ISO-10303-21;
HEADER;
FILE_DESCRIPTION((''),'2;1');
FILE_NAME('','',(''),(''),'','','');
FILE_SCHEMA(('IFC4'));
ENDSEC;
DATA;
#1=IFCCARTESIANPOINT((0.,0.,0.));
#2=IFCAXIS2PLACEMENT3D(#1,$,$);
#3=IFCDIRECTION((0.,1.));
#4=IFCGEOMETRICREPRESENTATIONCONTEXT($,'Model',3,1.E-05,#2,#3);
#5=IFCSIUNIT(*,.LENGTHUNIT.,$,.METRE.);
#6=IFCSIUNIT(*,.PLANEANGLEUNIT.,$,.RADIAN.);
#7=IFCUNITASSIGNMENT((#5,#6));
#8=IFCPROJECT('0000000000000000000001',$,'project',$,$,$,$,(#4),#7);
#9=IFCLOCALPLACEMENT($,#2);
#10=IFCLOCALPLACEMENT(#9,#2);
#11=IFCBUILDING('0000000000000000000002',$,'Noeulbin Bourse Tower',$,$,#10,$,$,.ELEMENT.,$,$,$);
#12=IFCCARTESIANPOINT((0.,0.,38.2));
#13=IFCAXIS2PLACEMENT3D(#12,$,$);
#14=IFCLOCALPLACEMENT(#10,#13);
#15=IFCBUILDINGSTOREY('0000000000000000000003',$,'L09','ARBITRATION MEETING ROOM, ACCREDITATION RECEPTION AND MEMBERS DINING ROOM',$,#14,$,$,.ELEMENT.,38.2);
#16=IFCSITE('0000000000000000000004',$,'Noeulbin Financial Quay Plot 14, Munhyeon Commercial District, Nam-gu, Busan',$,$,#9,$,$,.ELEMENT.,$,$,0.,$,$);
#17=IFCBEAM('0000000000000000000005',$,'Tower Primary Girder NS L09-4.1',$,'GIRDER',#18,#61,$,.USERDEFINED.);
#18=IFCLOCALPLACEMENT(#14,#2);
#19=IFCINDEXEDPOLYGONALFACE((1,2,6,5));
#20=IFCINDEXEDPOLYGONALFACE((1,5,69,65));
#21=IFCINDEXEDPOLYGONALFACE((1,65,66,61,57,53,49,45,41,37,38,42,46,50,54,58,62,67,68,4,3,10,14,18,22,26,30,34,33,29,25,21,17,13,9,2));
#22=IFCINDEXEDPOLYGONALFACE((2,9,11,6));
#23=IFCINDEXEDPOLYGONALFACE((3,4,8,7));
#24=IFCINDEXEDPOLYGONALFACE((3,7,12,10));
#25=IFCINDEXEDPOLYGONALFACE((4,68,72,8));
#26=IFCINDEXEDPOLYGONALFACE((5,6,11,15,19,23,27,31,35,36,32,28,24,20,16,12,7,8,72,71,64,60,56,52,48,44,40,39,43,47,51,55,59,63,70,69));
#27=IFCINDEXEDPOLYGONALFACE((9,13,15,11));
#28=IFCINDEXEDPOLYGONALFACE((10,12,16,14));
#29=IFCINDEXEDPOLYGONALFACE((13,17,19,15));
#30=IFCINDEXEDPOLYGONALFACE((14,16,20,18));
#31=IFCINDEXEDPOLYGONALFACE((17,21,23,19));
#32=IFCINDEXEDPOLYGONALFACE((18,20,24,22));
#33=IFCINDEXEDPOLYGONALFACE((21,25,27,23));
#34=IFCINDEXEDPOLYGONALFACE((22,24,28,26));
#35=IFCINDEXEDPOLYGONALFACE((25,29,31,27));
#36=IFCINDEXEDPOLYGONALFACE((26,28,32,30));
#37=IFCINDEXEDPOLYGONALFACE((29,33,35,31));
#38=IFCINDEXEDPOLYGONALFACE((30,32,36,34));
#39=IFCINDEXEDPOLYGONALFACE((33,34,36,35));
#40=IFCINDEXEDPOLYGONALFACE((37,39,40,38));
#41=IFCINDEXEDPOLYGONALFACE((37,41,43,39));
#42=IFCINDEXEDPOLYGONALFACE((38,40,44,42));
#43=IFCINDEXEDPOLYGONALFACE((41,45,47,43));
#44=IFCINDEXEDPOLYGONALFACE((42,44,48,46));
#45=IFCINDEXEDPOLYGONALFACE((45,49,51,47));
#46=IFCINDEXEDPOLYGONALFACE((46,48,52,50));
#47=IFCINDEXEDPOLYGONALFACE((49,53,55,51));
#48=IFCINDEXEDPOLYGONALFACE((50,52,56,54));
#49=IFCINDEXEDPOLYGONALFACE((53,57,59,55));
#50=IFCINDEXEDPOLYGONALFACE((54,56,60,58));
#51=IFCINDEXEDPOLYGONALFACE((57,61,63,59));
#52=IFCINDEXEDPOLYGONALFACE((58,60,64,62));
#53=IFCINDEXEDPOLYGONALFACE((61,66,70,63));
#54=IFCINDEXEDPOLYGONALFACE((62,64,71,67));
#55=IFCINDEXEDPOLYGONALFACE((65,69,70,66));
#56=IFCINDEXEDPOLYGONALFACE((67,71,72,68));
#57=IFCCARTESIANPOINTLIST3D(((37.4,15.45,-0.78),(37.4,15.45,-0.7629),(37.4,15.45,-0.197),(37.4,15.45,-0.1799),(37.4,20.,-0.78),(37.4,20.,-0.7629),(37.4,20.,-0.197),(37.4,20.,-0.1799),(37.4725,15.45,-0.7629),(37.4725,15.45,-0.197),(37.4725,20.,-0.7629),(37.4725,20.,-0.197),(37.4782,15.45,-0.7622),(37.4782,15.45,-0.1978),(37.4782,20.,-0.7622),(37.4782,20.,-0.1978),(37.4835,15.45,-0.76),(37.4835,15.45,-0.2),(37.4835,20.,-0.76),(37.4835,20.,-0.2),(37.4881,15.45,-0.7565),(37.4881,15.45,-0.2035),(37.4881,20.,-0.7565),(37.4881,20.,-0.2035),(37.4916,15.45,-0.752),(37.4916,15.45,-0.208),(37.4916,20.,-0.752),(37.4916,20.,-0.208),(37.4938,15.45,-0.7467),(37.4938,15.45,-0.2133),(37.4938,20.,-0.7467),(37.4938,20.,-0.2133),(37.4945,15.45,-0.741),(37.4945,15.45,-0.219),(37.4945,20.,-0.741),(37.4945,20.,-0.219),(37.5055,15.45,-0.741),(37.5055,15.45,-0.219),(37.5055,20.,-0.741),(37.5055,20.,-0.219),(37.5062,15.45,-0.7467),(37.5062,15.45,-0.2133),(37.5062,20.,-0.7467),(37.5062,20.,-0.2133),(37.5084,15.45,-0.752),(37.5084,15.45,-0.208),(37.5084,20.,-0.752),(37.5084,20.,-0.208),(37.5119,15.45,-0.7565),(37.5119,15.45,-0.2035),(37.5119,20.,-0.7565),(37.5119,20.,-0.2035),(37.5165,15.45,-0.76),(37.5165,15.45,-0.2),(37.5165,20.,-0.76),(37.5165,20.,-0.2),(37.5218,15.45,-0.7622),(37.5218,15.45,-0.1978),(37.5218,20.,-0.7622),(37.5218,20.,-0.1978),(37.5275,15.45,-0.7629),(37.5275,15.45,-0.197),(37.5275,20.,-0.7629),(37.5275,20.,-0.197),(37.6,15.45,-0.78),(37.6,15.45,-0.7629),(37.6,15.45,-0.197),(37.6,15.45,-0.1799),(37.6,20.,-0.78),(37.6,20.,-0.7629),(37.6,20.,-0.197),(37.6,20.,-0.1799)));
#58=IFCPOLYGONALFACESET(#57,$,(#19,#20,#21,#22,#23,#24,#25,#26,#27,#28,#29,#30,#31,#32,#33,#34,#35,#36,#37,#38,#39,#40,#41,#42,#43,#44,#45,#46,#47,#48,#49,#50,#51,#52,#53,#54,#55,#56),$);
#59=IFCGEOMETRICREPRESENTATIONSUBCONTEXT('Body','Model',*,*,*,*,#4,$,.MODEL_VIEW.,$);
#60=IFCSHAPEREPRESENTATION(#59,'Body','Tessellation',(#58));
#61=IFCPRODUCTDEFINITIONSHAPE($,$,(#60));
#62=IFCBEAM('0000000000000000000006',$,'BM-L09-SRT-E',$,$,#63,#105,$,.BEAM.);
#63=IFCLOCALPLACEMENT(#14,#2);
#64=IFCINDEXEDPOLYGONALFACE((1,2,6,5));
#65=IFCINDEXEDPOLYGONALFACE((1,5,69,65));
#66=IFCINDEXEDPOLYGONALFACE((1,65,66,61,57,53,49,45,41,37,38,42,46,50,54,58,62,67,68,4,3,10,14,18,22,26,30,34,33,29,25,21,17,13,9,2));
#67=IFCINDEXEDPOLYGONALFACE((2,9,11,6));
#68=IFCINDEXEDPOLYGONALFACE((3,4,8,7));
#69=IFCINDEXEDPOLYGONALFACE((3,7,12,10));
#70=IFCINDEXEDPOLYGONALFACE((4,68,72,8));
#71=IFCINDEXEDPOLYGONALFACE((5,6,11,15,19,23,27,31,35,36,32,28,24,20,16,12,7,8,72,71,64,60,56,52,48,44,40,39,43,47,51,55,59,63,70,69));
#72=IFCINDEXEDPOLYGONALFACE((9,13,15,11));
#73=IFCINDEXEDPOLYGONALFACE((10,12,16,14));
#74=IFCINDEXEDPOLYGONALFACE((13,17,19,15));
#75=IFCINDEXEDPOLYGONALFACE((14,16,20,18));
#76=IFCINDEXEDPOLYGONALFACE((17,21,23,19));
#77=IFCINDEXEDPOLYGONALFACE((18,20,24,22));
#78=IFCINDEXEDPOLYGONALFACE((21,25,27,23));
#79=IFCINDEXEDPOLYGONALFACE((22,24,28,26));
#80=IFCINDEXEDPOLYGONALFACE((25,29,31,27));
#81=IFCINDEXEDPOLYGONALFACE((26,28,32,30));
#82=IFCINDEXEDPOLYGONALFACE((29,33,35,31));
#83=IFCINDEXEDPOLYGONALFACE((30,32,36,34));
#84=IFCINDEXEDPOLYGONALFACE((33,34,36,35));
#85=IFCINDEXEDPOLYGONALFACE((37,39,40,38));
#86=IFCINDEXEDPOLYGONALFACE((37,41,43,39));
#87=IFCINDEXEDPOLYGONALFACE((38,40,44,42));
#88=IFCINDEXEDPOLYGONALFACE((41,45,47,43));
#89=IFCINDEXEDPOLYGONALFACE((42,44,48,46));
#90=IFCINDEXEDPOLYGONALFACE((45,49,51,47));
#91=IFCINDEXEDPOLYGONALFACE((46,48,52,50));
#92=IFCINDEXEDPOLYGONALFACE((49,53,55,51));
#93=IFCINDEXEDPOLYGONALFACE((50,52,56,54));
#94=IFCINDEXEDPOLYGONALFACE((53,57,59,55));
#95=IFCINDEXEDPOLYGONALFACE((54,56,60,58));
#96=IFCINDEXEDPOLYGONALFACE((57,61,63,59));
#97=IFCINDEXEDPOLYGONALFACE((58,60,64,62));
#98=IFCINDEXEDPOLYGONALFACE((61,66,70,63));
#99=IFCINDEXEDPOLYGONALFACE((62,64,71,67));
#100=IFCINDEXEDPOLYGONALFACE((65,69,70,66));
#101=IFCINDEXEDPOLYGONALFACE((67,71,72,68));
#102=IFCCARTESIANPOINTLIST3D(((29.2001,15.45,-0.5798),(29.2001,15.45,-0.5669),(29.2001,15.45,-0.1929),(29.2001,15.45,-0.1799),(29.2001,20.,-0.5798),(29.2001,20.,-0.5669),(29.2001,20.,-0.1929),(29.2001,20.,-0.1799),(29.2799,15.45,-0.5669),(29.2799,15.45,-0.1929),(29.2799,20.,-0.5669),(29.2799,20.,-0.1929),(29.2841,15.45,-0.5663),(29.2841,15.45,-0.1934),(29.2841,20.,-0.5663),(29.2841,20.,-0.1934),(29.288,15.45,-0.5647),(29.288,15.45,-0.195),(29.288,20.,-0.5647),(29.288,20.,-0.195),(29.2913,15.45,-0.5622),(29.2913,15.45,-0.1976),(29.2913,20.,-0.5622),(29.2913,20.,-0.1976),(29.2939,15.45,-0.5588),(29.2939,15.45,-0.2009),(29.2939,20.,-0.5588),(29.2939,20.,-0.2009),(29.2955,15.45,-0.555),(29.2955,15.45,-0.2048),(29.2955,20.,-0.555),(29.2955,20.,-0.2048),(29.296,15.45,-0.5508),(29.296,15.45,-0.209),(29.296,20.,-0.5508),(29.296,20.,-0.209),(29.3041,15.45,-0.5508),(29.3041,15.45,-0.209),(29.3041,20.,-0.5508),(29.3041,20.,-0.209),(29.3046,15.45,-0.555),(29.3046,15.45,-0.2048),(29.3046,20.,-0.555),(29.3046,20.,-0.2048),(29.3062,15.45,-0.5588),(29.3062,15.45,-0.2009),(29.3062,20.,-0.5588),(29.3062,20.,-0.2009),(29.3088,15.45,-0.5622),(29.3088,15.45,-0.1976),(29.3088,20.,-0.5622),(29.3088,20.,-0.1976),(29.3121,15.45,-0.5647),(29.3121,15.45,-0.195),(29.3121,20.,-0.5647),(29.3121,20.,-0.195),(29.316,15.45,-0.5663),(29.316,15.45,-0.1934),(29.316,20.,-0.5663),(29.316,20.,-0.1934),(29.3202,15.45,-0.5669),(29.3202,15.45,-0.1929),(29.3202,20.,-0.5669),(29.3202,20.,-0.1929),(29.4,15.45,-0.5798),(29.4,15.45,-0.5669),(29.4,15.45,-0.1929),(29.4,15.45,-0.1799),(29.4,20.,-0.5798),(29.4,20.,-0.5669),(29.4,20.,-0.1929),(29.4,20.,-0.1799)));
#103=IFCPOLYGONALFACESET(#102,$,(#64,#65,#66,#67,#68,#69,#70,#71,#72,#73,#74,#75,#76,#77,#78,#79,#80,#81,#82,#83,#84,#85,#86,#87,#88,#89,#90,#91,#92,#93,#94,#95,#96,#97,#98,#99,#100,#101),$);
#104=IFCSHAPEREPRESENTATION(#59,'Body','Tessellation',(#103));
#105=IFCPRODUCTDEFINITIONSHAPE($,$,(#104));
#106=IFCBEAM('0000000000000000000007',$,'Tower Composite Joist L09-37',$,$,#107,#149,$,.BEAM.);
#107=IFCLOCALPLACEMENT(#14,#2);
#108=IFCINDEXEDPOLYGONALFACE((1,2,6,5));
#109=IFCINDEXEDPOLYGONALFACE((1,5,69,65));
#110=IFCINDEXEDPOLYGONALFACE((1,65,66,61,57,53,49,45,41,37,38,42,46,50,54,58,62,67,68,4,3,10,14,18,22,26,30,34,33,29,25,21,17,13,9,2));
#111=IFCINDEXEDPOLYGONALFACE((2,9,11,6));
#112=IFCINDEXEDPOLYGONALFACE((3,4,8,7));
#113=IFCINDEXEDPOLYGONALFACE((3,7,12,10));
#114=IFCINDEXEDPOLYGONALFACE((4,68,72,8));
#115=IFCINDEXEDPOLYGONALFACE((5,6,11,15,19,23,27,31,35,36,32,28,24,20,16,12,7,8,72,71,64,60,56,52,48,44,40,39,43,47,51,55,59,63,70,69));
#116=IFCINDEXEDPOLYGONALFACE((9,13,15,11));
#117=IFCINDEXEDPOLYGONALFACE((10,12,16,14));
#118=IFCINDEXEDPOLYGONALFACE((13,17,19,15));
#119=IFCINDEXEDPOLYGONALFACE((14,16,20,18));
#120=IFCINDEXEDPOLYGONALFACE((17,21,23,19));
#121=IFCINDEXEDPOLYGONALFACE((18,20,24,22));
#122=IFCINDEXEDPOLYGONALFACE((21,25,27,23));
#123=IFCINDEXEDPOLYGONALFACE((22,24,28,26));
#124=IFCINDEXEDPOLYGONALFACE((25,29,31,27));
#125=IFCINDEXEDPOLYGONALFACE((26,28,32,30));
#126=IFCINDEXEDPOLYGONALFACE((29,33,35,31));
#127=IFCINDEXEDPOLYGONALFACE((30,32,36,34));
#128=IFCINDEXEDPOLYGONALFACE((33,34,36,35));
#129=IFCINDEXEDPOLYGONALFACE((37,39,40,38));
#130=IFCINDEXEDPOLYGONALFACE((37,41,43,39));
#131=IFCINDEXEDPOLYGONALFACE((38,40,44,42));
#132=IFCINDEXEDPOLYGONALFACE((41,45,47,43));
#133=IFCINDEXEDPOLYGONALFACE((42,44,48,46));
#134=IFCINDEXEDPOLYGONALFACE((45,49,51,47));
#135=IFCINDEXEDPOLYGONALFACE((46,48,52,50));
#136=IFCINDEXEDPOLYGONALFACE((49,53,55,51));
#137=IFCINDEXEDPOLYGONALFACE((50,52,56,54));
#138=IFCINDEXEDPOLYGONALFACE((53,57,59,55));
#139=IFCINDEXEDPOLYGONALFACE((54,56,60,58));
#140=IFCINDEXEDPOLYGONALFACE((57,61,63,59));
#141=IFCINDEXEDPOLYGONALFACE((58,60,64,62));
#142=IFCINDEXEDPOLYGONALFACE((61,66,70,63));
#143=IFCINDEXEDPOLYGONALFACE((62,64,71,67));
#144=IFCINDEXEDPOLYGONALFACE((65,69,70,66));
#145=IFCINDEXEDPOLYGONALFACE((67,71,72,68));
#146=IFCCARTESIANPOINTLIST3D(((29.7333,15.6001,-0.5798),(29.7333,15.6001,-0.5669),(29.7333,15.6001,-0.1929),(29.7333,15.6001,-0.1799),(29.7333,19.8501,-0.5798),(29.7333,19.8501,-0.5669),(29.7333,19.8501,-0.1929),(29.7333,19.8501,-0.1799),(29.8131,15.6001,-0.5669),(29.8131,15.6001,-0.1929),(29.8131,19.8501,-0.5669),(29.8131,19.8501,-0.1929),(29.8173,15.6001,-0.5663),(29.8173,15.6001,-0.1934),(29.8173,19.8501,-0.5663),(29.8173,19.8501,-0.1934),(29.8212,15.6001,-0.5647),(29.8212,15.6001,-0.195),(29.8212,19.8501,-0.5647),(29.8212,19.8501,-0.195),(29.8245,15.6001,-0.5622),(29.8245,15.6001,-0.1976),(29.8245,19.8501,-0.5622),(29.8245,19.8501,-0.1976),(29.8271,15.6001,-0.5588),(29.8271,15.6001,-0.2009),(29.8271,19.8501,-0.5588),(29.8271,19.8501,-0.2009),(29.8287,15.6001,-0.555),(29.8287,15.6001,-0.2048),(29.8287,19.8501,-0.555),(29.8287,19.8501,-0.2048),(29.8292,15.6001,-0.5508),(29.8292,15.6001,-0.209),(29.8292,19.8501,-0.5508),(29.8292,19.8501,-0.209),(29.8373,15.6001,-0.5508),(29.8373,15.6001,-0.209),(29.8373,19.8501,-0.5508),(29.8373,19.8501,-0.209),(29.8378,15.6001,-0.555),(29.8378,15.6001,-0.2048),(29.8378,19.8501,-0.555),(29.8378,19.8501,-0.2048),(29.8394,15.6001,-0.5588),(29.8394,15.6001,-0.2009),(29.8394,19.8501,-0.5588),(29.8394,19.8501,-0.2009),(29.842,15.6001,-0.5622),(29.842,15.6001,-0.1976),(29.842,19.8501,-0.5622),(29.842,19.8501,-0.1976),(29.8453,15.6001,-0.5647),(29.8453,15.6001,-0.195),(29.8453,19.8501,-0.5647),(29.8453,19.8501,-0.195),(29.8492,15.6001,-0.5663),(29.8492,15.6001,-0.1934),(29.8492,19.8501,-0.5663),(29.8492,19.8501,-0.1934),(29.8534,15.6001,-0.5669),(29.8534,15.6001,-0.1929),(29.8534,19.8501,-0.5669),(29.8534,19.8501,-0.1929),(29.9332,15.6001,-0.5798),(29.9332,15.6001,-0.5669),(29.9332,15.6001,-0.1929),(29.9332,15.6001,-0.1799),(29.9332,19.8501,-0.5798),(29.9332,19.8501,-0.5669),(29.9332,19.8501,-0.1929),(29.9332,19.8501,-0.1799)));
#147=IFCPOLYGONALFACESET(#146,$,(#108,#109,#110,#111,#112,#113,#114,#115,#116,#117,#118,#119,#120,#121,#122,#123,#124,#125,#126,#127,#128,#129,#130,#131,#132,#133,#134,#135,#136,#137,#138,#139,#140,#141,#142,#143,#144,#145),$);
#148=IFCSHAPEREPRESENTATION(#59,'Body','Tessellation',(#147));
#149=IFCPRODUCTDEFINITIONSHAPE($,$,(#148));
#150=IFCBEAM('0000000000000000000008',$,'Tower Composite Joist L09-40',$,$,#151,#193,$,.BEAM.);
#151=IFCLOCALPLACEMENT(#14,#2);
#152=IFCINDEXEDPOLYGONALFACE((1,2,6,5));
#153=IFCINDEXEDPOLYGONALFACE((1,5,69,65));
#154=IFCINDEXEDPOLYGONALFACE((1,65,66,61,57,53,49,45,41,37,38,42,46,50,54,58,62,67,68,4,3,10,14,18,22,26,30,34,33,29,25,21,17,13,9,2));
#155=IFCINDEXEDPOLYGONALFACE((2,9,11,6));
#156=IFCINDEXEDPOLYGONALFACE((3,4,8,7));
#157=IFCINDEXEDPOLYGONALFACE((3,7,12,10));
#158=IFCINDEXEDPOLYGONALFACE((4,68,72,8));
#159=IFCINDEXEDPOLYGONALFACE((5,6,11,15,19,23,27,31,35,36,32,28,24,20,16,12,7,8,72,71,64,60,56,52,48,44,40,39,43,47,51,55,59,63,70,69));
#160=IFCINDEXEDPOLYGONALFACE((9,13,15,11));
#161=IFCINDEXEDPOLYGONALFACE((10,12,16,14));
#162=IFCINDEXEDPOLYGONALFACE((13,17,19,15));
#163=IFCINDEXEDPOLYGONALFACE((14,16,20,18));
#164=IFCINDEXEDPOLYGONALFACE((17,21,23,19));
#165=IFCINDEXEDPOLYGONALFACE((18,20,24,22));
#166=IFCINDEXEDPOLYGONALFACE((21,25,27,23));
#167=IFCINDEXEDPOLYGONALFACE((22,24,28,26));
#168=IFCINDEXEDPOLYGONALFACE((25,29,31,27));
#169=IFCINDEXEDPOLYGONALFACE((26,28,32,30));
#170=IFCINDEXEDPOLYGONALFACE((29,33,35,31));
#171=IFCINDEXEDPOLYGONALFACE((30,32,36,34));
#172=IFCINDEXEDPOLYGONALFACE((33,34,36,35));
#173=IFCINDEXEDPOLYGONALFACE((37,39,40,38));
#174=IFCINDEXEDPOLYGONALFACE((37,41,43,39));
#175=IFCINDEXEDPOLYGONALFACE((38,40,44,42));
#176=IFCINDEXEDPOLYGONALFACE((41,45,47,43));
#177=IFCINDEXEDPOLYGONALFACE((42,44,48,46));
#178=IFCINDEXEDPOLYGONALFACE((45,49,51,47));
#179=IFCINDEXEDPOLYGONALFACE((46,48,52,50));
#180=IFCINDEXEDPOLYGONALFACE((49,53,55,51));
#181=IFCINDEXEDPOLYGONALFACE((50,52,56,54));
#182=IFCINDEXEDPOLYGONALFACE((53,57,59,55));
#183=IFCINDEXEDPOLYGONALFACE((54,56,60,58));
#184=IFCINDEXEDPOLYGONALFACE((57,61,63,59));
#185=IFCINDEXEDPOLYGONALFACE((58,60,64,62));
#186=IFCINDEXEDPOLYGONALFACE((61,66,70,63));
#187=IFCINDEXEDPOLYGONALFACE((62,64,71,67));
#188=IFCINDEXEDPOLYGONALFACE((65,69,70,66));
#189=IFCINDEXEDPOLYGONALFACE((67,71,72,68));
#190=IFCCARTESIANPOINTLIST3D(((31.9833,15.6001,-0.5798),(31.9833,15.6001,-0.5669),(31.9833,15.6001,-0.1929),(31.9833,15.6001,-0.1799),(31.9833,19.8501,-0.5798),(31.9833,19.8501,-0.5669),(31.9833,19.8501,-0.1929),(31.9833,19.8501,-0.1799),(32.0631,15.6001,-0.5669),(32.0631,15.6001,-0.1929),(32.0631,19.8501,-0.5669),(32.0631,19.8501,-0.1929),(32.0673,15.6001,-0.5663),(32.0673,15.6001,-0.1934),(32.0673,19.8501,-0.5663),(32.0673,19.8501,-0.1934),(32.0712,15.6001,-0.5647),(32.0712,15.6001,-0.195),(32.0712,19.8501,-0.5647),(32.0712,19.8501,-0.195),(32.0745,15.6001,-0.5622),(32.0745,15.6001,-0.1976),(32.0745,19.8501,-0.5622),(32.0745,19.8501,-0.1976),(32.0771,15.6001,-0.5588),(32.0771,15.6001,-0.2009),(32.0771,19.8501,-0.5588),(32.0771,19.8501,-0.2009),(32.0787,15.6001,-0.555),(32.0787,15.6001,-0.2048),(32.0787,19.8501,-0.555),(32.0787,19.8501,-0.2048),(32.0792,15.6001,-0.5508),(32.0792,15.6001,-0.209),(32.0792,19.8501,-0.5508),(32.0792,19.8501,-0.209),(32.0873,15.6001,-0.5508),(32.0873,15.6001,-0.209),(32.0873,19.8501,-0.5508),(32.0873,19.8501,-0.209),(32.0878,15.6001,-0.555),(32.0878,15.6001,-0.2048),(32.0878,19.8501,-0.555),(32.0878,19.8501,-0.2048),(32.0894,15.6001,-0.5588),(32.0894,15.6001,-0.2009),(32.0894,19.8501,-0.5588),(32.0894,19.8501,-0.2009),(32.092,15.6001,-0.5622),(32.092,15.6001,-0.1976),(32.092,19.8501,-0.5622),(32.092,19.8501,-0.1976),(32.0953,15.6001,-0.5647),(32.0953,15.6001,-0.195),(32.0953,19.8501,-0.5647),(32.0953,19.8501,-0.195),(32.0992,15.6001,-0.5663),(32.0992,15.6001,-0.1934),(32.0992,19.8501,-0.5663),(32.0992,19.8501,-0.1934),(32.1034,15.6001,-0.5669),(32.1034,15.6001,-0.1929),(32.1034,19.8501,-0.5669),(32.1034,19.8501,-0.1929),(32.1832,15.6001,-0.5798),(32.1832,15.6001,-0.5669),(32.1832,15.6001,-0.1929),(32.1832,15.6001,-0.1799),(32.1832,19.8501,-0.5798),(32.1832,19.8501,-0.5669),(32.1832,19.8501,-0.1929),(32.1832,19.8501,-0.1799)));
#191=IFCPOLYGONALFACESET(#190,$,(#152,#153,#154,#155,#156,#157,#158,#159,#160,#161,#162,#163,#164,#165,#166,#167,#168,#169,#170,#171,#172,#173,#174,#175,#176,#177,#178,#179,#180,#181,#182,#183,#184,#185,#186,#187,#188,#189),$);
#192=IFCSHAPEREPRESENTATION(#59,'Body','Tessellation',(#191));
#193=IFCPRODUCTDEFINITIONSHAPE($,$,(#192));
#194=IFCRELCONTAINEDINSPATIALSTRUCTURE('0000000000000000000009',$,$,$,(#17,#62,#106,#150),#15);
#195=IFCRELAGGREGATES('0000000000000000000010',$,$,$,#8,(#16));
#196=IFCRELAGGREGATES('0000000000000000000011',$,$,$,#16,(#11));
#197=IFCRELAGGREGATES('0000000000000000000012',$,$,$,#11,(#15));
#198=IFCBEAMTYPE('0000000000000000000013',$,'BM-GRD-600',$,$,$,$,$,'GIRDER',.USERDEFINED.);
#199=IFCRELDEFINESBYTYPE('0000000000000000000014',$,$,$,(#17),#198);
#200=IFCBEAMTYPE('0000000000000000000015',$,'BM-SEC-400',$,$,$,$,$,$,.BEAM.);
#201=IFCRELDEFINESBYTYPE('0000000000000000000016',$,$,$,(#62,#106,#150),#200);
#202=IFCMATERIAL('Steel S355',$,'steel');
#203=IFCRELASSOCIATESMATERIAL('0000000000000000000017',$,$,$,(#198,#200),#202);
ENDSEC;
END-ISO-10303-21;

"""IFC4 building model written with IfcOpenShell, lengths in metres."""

from ifc_helpers import new_model, si_unit, direction, frame, origin, origin_2d, place, context, subcontext, project, spatial, i_section, extrude, material, material_profile, profile_set, type_object, element, save


model = new_model("IFC4")

# Units and contexts
model_context = context("Model", 3, precision=1e-05, world=origin(), true_north=direction((0.0, 1.0)))
body_context = subcontext(model_context, "Body", "Model", "MODEL_VIEW")
ifc_project = project(units=[si_unit("LENGTHUNIT", "METRE"), si_unit("PLANEANGLEUNIT", "RADIAN")], contexts=[model_context])

# Site, building, storey
site_placement = place(None, origin())
site = spatial("IfcSite", under=ifc_project, at=site_placement, Name="Noeulbin Financial Quay Plot 14, Munhyeon Commercial District, Nam-gu, Busan", CompositionType="ELEMENT", RefElevation=0.0)
building_placement = place(site_placement, origin())
building = spatial("IfcBuilding", under=site, at=building_placement, Name="Noeulbin Bourse Tower", CompositionType="ELEMENT")
storey_placement = place(building_placement, frame((0.0, 0.0, 38.2)))
storey = spatial("IfcBuildingStorey", under=building, at=storey_placement, Name="L09", Description="ARBITRATION MEETING ROOM, ACCREDITATION RECEPTION AND MEMBERS DINING ROOM", CompositionType="ELEMENT", Elevation=38.2)

# Beams
ifc_material_1 = material(Name="Steel S355", Category="steel")
ifc_material_profile_1 = material_profile(ifc_material_1, i_section(OverallWidth=0.2, OverallDepth=0.6001, WebThickness=0.011, FlangeThickness=0.0171, FilletRadius=0.022, at=origin_2d()), Name="H-600x200x11x17", Category="LoadBearing")
ifc_profile_set_1 = profile_set([ifc_material_profile_1], Name="Steel S355")
beam_type_1 = type_object("IfcBeamType", Name="BM-GRD-600", ElementType="GIRDER", PredefinedType="USERDEFINED", material=ifc_profile_set_1)
for number, where, z_axis, x_axis, name in (
    (1, (37.5, 15.45, -0.48), (0.0, 1.0, 0.0), (-1.0, 0.0, 0.0), "Tower Primary Girder NS L09-4.1"),
):
    element("IfcBeam", number, at=place(storey_placement, frame(where, z_axis=z_axis, x_axis=x_axis)), inside=storey, type_object=beam_type_1, Name=name, ObjectType="GIRDER", PredefinedType="USERDEFINED", context=body_context, shape_type="SweptSolid", body=[
        extrude(i_section(OverallWidth=0.2, OverallDepth=0.6001, WebThickness=0.011, FlangeThickness=0.0171, FilletRadius=0.022, at=origin_2d()), origin(), (0.0, 0.0, 1.0), 4.55),
    ])
ifc_material_profile_2 = material_profile(ifc_material_1, i_section(OverallWidth=0.2, OverallDepth=0.3999, WebThickness=0.0081, FlangeThickness=0.0129, FilletRadius=0.0161, at=origin_2d()), Name="H-400x200x8x13", Category="LoadBearing")
ifc_profile_set_2 = profile_set([ifc_material_profile_2], Name="Steel S355")
beam_type_2 = type_object("IfcBeamType", Name="BM-SEC-400", PredefinedType="BEAM", material=ifc_profile_set_2)
beam_1_placement = place(storey_placement, frame((29.3, 15.45, -0.3799), z_axis=(0.0, 1.0, 0.0), x_axis=(-1.0, 0.0, 0.0)))
element("IfcBeam", 2, at=beam_1_placement, inside=storey, type_object=beam_type_2, Name="BM-L09-SRT-E", PredefinedType="BEAM", context=body_context, shape_type="SweptSolid", body=[
    extrude(i_section(OverallWidth=0.2, OverallDepth=0.3999, WebThickness=0.0081, FlangeThickness=0.0129, FilletRadius=0.0161, at=origin_2d()), origin(), (0.0, 0.0, 1.0), 4.55),
])
for number, where, z_axis, x_axis, name in (
    (3, (29.8333, 15.6001, -0.3799), (0.0, 1.0, 0.0), (-1.0, 0.0, 0.0), "Tower Composite Joist L09-37"),
    (4, (32.0833, 15.6001, -0.3799), (0.0, 1.0, 0.0), (-1.0, 0.0, 0.0), "Tower Composite Joist L09-40"),
):
    element("IfcBeam", number, at=place(storey_placement, frame(where, z_axis=z_axis, x_axis=x_axis)), inside=storey, type_object=beam_type_2, Name=name, PredefinedType="BEAM", context=body_context, shape_type="SweptSolid", body=[
        extrude(i_section(OverallWidth=0.2, OverallDepth=0.3999, WebThickness=0.0081, FlangeThickness=0.0129, FilletRadius=0.0161, at=origin_2d()), origin(), (0.0, 0.0, 1.0), 4.25),
    ])

save(model, "model.ifc")
